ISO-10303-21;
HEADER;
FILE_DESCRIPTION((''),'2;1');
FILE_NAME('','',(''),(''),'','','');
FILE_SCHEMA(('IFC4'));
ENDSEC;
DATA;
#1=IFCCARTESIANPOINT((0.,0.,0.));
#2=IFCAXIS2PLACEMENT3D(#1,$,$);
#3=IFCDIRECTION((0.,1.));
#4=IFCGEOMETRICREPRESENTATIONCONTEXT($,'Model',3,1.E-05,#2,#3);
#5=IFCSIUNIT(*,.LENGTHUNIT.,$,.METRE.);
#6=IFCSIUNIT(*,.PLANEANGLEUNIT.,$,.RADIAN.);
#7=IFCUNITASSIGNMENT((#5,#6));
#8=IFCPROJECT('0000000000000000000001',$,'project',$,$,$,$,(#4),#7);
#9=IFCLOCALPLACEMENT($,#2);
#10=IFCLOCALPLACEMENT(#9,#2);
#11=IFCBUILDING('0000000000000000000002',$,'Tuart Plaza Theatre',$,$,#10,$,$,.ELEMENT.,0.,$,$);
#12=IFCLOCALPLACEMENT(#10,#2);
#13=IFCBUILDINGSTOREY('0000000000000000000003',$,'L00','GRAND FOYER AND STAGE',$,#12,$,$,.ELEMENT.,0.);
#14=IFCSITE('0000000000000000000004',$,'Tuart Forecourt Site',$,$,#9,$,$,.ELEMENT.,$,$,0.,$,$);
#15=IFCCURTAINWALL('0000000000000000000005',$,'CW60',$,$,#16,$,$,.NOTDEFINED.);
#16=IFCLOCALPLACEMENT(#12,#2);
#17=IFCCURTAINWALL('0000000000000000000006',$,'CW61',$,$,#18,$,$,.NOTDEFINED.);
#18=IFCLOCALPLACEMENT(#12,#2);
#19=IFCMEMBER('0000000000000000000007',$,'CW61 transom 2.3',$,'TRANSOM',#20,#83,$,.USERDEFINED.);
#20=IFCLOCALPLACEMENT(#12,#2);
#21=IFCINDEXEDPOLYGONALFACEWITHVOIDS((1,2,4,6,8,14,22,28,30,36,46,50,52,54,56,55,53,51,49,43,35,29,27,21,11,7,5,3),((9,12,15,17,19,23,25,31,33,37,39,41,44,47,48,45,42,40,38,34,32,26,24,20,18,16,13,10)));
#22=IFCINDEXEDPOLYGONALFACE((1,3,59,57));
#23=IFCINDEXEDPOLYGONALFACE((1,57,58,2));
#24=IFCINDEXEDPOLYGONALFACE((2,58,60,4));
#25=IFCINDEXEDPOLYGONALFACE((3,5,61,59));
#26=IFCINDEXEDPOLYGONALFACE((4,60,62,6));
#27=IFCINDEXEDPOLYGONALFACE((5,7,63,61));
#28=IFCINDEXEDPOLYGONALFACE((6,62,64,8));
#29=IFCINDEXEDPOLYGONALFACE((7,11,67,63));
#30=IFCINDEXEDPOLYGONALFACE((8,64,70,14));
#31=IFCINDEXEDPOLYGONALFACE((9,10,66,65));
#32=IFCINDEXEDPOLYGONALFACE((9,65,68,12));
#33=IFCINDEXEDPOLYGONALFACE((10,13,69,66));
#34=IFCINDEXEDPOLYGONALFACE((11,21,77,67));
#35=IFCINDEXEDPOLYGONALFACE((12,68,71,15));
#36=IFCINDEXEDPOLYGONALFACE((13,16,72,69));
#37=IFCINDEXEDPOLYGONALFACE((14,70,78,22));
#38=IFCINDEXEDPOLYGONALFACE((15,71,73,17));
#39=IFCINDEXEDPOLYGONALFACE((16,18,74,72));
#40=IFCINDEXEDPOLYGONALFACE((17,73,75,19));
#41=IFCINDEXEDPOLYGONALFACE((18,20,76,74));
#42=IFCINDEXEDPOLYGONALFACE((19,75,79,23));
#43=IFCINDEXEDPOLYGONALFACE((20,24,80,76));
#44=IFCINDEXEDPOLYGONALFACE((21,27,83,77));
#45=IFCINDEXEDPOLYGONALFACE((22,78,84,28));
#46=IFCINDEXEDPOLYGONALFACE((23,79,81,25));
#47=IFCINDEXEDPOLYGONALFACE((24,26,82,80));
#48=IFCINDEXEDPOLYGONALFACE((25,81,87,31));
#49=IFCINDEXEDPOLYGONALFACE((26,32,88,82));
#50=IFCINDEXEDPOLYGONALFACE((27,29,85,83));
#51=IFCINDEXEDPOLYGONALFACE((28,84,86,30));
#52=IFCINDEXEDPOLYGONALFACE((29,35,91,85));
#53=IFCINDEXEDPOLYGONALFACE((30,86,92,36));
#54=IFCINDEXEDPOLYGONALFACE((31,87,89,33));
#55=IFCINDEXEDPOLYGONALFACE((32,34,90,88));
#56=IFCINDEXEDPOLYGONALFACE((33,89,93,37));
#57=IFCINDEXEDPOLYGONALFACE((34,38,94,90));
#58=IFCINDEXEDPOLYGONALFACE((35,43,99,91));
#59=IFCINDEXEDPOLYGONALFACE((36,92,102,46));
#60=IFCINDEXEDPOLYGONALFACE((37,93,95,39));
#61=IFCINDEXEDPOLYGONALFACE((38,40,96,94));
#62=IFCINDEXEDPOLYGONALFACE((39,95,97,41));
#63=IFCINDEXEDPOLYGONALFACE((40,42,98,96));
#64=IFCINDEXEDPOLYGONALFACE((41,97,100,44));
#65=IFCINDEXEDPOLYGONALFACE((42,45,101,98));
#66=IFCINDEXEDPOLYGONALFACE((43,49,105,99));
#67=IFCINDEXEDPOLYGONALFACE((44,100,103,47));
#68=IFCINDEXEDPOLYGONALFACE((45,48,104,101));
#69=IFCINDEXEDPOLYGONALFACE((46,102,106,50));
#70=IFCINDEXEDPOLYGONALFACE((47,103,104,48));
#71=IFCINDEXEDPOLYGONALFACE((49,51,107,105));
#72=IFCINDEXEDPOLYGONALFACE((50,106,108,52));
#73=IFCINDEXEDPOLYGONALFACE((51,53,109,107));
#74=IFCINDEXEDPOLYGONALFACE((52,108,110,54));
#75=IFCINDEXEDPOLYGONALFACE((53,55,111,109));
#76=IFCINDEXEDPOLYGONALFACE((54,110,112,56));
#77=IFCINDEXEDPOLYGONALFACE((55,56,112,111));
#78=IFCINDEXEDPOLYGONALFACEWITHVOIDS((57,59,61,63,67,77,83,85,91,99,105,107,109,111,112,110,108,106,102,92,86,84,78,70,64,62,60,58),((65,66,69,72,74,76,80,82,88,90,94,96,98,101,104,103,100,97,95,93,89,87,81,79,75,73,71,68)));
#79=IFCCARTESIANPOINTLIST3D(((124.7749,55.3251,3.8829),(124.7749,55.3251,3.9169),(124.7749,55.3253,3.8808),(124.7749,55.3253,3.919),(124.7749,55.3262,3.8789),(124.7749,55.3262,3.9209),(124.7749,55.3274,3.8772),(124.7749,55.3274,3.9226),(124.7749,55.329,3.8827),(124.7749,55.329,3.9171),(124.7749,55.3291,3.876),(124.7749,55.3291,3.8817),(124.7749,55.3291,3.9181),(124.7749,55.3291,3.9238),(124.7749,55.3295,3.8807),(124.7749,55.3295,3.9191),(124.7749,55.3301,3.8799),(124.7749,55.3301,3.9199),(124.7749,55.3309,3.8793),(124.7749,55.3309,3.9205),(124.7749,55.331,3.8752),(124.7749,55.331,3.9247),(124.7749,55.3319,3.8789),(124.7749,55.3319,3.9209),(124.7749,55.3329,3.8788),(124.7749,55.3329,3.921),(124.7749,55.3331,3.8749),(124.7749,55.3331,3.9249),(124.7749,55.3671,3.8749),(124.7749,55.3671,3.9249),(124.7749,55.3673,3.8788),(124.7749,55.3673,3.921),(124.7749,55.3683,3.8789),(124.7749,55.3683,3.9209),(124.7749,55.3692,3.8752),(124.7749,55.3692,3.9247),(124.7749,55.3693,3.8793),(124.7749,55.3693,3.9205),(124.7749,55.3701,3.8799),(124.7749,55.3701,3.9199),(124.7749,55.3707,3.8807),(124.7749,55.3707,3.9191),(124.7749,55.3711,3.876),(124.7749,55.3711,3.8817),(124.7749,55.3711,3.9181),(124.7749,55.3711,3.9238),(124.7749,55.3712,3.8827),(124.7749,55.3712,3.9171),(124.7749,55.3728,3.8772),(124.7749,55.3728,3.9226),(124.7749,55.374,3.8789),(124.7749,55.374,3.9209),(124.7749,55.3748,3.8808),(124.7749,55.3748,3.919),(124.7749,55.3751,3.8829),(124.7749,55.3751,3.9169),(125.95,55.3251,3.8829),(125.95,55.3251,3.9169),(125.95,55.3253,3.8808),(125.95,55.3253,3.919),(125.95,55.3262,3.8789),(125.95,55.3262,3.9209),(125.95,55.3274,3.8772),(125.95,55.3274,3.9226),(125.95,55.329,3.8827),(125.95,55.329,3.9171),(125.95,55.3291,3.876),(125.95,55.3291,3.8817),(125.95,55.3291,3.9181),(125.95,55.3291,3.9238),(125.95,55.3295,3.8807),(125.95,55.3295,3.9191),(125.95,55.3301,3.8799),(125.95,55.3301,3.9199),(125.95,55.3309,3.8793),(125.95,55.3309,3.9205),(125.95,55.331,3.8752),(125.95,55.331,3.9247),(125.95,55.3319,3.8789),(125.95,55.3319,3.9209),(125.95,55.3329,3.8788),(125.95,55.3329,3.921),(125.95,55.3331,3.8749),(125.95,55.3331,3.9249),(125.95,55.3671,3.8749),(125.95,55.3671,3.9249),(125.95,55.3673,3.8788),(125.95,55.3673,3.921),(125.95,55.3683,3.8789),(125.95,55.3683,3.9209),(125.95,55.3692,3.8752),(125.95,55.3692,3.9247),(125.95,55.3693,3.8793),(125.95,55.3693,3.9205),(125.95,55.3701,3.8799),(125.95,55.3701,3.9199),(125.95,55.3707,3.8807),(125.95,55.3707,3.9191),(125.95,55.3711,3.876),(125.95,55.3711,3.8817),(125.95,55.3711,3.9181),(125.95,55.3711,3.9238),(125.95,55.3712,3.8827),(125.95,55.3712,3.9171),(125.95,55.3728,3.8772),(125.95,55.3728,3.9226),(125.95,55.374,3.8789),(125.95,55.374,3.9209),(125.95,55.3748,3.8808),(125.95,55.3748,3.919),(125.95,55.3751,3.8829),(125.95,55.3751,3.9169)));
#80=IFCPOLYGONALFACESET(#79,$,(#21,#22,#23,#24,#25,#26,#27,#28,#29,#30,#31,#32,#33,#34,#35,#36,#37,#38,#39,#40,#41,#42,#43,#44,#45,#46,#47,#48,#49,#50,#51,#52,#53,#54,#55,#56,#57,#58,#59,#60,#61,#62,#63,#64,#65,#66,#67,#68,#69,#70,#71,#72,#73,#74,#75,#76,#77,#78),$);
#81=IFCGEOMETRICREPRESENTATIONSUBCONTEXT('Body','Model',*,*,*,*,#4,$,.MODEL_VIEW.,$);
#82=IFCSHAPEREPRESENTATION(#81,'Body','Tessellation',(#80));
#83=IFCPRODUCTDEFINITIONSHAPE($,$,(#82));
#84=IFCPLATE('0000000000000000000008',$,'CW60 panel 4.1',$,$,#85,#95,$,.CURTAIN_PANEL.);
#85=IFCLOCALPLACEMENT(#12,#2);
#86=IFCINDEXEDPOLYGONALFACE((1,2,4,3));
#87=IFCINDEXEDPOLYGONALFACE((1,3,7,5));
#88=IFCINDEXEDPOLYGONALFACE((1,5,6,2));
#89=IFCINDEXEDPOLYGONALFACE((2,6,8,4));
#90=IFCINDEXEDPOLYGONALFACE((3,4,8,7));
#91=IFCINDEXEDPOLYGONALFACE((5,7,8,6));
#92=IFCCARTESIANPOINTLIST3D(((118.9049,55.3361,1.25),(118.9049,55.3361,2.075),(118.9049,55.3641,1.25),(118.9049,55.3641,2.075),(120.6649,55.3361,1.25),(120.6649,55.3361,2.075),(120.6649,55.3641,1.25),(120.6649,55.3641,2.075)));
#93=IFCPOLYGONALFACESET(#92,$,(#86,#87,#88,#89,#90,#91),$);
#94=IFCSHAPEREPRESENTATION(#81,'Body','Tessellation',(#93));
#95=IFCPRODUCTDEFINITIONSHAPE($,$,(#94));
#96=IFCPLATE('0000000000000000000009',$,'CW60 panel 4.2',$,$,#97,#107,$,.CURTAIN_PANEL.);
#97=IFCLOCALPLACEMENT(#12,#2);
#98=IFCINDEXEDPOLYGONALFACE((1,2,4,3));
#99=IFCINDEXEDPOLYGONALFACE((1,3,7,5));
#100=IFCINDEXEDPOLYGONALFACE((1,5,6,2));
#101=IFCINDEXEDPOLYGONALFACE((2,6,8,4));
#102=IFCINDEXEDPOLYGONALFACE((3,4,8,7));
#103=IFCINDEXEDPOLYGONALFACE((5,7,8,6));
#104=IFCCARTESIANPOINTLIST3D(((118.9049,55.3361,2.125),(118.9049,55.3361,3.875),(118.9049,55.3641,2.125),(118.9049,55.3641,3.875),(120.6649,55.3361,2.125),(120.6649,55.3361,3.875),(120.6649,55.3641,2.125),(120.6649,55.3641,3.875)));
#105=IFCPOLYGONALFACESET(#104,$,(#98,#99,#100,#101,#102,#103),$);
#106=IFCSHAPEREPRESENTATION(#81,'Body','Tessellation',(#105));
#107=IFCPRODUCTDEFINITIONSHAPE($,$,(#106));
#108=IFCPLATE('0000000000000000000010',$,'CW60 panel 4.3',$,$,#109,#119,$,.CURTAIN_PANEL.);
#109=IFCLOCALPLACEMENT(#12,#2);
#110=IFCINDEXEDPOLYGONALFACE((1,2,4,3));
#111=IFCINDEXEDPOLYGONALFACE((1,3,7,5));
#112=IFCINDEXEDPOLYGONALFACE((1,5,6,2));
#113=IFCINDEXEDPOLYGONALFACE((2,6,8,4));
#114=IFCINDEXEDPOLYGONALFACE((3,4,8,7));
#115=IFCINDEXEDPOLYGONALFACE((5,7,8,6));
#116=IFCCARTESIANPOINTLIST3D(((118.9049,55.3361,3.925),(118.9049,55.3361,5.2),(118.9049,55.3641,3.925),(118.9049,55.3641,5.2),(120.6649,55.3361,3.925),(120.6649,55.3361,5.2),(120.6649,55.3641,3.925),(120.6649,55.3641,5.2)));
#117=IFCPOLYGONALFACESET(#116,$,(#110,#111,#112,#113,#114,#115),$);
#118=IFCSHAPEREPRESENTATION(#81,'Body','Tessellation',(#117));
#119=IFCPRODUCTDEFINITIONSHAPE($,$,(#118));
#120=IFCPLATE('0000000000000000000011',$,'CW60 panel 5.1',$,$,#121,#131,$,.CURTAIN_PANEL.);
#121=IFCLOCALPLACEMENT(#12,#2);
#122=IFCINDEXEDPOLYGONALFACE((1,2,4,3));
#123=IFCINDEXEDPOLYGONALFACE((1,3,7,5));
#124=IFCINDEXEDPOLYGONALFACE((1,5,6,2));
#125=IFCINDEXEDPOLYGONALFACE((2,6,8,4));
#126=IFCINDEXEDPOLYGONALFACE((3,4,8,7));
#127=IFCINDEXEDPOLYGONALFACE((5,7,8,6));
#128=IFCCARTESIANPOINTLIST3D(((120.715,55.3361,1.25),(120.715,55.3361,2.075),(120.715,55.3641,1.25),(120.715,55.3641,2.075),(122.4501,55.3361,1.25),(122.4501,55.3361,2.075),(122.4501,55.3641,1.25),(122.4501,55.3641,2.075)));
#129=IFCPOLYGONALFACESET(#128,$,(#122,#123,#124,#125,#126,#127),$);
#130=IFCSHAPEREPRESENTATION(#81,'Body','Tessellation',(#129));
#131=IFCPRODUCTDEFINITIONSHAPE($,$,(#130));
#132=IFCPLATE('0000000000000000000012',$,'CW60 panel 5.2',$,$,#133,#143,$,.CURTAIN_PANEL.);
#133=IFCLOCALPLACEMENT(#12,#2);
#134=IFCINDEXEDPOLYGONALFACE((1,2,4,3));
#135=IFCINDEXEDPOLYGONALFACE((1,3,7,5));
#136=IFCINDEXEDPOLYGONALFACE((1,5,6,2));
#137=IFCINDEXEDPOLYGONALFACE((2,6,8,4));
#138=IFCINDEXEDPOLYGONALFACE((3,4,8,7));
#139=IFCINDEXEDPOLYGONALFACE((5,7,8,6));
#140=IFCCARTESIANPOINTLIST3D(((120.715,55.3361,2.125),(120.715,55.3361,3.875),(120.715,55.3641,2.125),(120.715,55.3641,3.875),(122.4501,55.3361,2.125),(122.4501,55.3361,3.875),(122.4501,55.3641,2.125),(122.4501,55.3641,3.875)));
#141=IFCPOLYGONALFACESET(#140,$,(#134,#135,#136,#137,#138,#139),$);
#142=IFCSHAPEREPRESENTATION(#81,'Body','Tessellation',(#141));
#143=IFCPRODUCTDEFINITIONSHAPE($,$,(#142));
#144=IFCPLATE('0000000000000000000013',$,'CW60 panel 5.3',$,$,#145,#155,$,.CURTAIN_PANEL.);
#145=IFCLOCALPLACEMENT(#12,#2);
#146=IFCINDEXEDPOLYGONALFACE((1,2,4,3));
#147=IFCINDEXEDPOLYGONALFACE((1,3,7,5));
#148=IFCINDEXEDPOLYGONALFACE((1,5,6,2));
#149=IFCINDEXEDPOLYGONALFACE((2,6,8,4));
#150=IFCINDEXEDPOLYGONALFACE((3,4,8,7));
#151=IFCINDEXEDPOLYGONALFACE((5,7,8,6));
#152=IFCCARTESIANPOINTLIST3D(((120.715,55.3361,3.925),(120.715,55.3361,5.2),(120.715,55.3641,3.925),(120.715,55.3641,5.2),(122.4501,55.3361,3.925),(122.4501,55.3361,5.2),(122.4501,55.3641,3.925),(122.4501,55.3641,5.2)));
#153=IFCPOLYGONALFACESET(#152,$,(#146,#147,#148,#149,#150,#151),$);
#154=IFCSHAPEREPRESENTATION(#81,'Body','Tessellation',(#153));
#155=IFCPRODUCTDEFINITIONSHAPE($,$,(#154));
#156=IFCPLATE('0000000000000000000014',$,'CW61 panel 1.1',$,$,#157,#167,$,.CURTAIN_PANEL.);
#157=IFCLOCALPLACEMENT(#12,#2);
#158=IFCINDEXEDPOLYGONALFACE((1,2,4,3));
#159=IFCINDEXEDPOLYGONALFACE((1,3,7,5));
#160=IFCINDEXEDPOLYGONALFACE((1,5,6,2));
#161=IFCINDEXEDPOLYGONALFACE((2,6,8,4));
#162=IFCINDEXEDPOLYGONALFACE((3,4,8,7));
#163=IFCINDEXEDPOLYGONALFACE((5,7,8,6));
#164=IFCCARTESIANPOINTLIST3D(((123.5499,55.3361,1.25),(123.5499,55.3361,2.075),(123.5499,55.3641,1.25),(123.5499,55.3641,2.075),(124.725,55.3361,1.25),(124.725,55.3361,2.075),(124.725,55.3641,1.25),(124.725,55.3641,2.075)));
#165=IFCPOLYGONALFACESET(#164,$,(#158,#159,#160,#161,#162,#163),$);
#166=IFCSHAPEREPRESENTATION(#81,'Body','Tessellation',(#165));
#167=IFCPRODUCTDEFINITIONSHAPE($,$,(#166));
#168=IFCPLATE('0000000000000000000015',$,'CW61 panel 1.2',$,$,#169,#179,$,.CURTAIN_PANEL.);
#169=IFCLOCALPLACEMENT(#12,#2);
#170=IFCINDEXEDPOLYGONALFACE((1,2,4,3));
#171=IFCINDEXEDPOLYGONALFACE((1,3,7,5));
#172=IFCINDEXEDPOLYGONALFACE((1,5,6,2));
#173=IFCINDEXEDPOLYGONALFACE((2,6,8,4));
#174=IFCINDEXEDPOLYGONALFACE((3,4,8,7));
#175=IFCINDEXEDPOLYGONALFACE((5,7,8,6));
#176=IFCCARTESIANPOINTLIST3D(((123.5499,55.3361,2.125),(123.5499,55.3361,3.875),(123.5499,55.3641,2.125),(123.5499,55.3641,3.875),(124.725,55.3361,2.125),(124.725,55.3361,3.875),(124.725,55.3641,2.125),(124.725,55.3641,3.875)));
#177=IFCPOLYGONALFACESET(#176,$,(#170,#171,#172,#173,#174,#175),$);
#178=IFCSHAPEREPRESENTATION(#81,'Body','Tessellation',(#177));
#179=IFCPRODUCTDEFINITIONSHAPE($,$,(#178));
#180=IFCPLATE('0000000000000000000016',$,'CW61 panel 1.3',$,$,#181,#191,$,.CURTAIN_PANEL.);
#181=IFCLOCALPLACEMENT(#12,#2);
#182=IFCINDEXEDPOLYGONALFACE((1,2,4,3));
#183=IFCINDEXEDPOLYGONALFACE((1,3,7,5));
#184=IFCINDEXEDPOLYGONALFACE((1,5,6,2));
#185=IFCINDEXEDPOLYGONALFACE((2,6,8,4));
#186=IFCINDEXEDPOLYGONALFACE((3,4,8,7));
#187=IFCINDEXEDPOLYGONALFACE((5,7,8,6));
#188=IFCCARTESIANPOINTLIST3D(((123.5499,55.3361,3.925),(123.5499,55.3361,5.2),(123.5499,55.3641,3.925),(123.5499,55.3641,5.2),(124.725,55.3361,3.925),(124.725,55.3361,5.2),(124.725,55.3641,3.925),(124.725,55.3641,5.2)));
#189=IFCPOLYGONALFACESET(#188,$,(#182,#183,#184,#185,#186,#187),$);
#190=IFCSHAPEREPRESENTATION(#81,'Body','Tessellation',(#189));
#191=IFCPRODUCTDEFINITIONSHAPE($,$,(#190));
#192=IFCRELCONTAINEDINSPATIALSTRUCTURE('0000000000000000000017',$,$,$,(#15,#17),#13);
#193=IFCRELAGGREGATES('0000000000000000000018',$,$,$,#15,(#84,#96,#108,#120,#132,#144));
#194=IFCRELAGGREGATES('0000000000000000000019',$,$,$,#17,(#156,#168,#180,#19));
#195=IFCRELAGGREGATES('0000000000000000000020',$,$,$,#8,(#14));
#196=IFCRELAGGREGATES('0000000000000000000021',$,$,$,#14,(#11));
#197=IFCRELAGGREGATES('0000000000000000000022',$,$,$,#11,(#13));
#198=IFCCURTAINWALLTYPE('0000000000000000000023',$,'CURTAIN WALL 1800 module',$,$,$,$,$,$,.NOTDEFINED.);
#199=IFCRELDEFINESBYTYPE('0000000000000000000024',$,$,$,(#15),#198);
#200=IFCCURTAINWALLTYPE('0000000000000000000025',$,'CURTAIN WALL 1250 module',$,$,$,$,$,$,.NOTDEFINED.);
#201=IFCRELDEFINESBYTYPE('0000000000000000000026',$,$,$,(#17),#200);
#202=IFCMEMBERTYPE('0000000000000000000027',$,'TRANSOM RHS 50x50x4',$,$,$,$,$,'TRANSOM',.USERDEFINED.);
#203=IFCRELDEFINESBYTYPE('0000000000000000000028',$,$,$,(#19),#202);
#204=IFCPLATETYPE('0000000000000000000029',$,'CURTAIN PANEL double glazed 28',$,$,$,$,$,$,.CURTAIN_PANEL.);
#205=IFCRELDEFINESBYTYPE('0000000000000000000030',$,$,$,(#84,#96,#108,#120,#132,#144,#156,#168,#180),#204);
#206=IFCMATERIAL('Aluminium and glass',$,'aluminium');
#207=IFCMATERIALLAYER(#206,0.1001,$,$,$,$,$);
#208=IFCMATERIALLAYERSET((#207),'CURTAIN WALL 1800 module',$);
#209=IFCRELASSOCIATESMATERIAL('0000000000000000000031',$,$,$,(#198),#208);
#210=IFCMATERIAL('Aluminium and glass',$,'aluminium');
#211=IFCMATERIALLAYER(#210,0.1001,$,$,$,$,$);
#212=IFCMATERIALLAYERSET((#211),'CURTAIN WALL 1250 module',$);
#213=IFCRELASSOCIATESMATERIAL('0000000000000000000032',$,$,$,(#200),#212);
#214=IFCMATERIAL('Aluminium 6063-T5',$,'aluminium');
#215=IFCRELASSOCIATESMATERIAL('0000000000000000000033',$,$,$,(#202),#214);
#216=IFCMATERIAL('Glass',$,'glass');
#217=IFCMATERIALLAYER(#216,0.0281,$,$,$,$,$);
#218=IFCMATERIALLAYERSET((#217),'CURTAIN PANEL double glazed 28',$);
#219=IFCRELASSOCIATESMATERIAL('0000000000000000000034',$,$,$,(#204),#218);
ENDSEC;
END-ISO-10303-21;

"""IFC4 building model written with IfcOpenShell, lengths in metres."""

from ifc_helpers import new_model, si_unit, direction, frame, origin, origin_2d, place, context, subcontext, project, spatial, rectangle, hollow_rectangle, extrude, material, layer, layer_set, material_profile, profile_set, type_object, element, aggregate, save


model = new_model("IFC4")

# Units and contexts
model_context = context("Model", 3, precision=1e-05, world=origin(), true_north=direction((0.0, 1.0)))
body_context = subcontext(model_context, "Body", "Model", "MODEL_VIEW")
ifc_project = project(units=[si_unit("LENGTHUNIT", "METRE"), si_unit("PLANEANGLEUNIT", "RADIAN")], contexts=[model_context])

# Site, building, storey
site_placement = place(None, origin())
site = spatial("IfcSite", under=ifc_project, at=site_placement, Name="Tuart Forecourt Site", CompositionType="ELEMENT", RefElevation=0.0)
building_placement = place(site_placement, origin())
building = spatial("IfcBuilding", under=site, at=building_placement, Name="Tuart Plaza Theatre", CompositionType="ELEMENT", ElevationOfRefHeight=0.0)
storey_placement = place(building_placement, origin())
storey = spatial("IfcBuildingStorey", under=building, at=storey_placement, Name="L00", Description="GRAND FOYER AND STAGE", CompositionType="ELEMENT", Elevation=0.0)

# Curtain walls
ifc_material_1 = material(Name="Aluminium and glass", Category="aluminium")
ifc_layer_1 = layer(ifc_material_1, 0.1001)
ifc_layer_set_1 = layer_set([ifc_layer_1], Name="CURTAIN WALL 1800 module")
curtain_wall_type_1 = type_object("IfcCurtainWallType", Name="CURTAIN WALL 1800 module", PredefinedType="NOTDEFINED", material=ifc_layer_set_1)
curtain_wall_1_placement = place(storey_placement, origin())
curtain_wall_1 = element("IfcCurtainWall", 1, at=curtain_wall_1_placement, inside=storey, type_object=curtain_wall_type_1, Name="CW60", PredefinedType="NOTDEFINED")
ifc_material_2 = material(Name="Aluminium and glass", Category="aluminium")
ifc_layer_2 = layer(ifc_material_2, 0.1001)
ifc_layer_set_2 = layer_set([ifc_layer_2], Name="CURTAIN WALL 1250 module")
curtain_wall_type_2 = type_object("IfcCurtainWallType", Name="CURTAIN WALL 1250 module", PredefinedType="NOTDEFINED", material=ifc_layer_set_2)
curtain_wall_2_placement = place(storey_placement, origin())
curtain_wall_2 = element("IfcCurtainWall", 2, at=curtain_wall_2_placement, inside=storey, type_object=curtain_wall_type_2, Name="CW61", PredefinedType="NOTDEFINED")

# Member
ifc_material_3 = material(Name="Aluminium 6063-T5", Category="aluminium")
ifc_material_profile_1 = material_profile(ifc_material_3, hollow_rectangle(XDim=0.05, YDim=0.05, WallThickness=0.0039, InnerFilletRadius=0.0039, OuterFilletRadius=0.0081, at=origin_2d()), Name="RHS 50x50x4")
ifc_profile_set_1 = profile_set([ifc_material_profile_1], Name="Aluminium 6063-T5")
member_type_1 = type_object("IfcMemberType", Name="TRANSOM RHS 50x50x4", ElementType="TRANSOM", PredefinedType="USERDEFINED", material=ifc_profile_set_1)
member_1_placement = place(storey_placement, frame((124.7749, 55.3501, 3.8999), z_axis=(1.0, 0.0, 0.0), x_axis=(0.0, 1.0, 0.0)))
member_1 = element("IfcMember", 3, at=member_1_placement, type_object=member_type_1, Name="CW61 transom 2.3", ObjectType="TRANSOM", PredefinedType="USERDEFINED", context=body_context, shape_type="SweptSolid", body=[
    extrude(hollow_rectangle(XDim=0.05, YDim=0.05, WallThickness=0.0039, InnerFilletRadius=0.0039, OuterFilletRadius=0.0081, at=origin_2d()), origin(), (0.0, 0.0, 1.0), 1.175),
])

# Plates
ifc_material_4 = material(Name="Glass", Category="glass")
ifc_layer_3 = layer(ifc_material_4, 0.0281)
ifc_layer_set_3 = layer_set([ifc_layer_3], Name="CURTAIN PANEL double glazed 28")
plate_type = type_object("IfcPlateType", Name="CURTAIN PANEL double glazed 28", PredefinedType="CURTAIN_PANEL", material=ifc_layer_set_3)
plate_1_placement = place(storey_placement, frame((119.7849, 55.3501, 1.25), z_axis=(0.0, 0.0, 1.0), x_axis=(1.0, 0.0, 0.0)))
plate_1 = element("IfcPlate", 4, at=plate_1_placement, type_object=plate_type, Name="CW60 panel 4.1", PredefinedType="CURTAIN_PANEL", context=body_context, shape_type="SweptSolid", body=[
    extrude(rectangle(XDim=1.76, YDim=0.0281, at=origin_2d()), origin(), (0.0, 0.0, 1.0), 0.825),
])
plate_2_placement = place(storey_placement, frame((119.7849, 55.3501, 2.125), z_axis=(0.0, 0.0, 1.0), x_axis=(1.0, 0.0, 0.0)))
plate_2 = element("IfcPlate", 5, at=plate_2_placement, type_object=plate_type, Name="CW60 panel 4.2", PredefinedType="CURTAIN_PANEL", context=body_context, shape_type="SweptSolid", body=[
    extrude(rectangle(XDim=1.76, YDim=0.0281, at=origin_2d()), origin(), (0.0, 0.0, 1.0), 1.75),
])
plate_3_placement = place(storey_placement, frame((119.7849, 55.3501, 3.925), z_axis=(0.0, 0.0, 1.0), x_axis=(1.0, 0.0, 0.0)))
plate_3 = element("IfcPlate", 6, at=plate_3_placement, type_object=plate_type, Name="CW60 panel 4.3", PredefinedType="CURTAIN_PANEL", context=body_context, shape_type="SweptSolid", body=[
    extrude(rectangle(XDim=1.76, YDim=0.0281, at=origin_2d()), origin(), (0.0, 0.0, 1.0), 1.2749),
])
plate_4_placement = place(storey_placement, frame((121.5825, 55.3501, 1.25), z_axis=(0.0, 0.0, 1.0), x_axis=(1.0, 0.0, 0.0)))
plate_4 = element("IfcPlate", 7, at=plate_4_placement, type_object=plate_type, Name="CW60 panel 5.1", PredefinedType="CURTAIN_PANEL", context=body_context, shape_type="SweptSolid", body=[
    extrude(rectangle(XDim=1.7351, YDim=0.0281, at=origin_2d()), origin(), (0.0, 0.0, 1.0), 0.825),
])
plate_5_placement = place(storey_placement, frame((121.5825, 55.3501, 2.125), z_axis=(0.0, 0.0, 1.0), x_axis=(1.0, 0.0, 0.0)))
plate_5 = element("IfcPlate", 8, at=plate_5_placement, type_object=plate_type, Name="CW60 panel 5.2", PredefinedType="CURTAIN_PANEL", context=body_context, shape_type="SweptSolid", body=[
    extrude(rectangle(XDim=1.7351, YDim=0.0281, at=origin_2d()), origin(), (0.0, 0.0, 1.0), 1.75),
])
plate_6_placement = place(storey_placement, frame((121.5825, 55.3501, 3.925), z_axis=(0.0, 0.0, 1.0), x_axis=(1.0, 0.0, 0.0)))
plate_6 = element("IfcPlate", 9, at=plate_6_placement, type_object=plate_type, Name="CW60 panel 5.3", PredefinedType="CURTAIN_PANEL", context=body_context, shape_type="SweptSolid", body=[
    extrude(rectangle(XDim=1.7351, YDim=0.0281, at=origin_2d()), origin(), (0.0, 0.0, 1.0), 1.2749),
])
aggregate(curtain_wall_1, [plate_1, plate_2, plate_3, plate_4, plate_5, plate_6])
plate_7_placement = place(storey_placement, frame((124.1375, 55.3501, 1.25), z_axis=(0.0, 0.0, 1.0), x_axis=(1.0, 0.0, 0.0)))
plate_7 = element("IfcPlate", 10, at=plate_7_placement, type_object=plate_type, Name="CW61 panel 1.1", PredefinedType="CURTAIN_PANEL", context=body_context, shape_type="SweptSolid", body=[
    extrude(rectangle(XDim=1.175, YDim=0.0281, at=origin_2d()), origin(), (0.0, 0.0, 1.0), 0.825),
])
plate_8_placement = place(storey_placement, frame((124.1375, 55.3501, 2.125), z_axis=(0.0, 0.0, 1.0), x_axis=(1.0, 0.0, 0.0)))
plate_8 = element("IfcPlate", 11, at=plate_8_placement, type_object=plate_type, Name="CW61 panel 1.2", PredefinedType="CURTAIN_PANEL", context=body_context, shape_type="SweptSolid", body=[
    extrude(rectangle(XDim=1.175, YDim=0.0281, at=origin_2d()), origin(), (0.0, 0.0, 1.0), 1.75),
])
plate_9_placement = place(storey_placement, frame((124.1375, 55.3501, 3.925), z_axis=(0.0, 0.0, 1.0), x_axis=(1.0, 0.0, 0.0)))
plate_9 = element("IfcPlate", 12, at=plate_9_placement, type_object=plate_type, Name="CW61 panel 1.3", PredefinedType="CURTAIN_PANEL", context=body_context, shape_type="SweptSolid", body=[
    extrude(rectangle(XDim=1.175, YDim=0.0281, at=origin_2d()), origin(), (0.0, 0.0, 1.0), 1.2749),
])
aggregate(curtain_wall_2, [plate_7, plate_8, plate_9, member_1])

save(model, "model.ifc")
